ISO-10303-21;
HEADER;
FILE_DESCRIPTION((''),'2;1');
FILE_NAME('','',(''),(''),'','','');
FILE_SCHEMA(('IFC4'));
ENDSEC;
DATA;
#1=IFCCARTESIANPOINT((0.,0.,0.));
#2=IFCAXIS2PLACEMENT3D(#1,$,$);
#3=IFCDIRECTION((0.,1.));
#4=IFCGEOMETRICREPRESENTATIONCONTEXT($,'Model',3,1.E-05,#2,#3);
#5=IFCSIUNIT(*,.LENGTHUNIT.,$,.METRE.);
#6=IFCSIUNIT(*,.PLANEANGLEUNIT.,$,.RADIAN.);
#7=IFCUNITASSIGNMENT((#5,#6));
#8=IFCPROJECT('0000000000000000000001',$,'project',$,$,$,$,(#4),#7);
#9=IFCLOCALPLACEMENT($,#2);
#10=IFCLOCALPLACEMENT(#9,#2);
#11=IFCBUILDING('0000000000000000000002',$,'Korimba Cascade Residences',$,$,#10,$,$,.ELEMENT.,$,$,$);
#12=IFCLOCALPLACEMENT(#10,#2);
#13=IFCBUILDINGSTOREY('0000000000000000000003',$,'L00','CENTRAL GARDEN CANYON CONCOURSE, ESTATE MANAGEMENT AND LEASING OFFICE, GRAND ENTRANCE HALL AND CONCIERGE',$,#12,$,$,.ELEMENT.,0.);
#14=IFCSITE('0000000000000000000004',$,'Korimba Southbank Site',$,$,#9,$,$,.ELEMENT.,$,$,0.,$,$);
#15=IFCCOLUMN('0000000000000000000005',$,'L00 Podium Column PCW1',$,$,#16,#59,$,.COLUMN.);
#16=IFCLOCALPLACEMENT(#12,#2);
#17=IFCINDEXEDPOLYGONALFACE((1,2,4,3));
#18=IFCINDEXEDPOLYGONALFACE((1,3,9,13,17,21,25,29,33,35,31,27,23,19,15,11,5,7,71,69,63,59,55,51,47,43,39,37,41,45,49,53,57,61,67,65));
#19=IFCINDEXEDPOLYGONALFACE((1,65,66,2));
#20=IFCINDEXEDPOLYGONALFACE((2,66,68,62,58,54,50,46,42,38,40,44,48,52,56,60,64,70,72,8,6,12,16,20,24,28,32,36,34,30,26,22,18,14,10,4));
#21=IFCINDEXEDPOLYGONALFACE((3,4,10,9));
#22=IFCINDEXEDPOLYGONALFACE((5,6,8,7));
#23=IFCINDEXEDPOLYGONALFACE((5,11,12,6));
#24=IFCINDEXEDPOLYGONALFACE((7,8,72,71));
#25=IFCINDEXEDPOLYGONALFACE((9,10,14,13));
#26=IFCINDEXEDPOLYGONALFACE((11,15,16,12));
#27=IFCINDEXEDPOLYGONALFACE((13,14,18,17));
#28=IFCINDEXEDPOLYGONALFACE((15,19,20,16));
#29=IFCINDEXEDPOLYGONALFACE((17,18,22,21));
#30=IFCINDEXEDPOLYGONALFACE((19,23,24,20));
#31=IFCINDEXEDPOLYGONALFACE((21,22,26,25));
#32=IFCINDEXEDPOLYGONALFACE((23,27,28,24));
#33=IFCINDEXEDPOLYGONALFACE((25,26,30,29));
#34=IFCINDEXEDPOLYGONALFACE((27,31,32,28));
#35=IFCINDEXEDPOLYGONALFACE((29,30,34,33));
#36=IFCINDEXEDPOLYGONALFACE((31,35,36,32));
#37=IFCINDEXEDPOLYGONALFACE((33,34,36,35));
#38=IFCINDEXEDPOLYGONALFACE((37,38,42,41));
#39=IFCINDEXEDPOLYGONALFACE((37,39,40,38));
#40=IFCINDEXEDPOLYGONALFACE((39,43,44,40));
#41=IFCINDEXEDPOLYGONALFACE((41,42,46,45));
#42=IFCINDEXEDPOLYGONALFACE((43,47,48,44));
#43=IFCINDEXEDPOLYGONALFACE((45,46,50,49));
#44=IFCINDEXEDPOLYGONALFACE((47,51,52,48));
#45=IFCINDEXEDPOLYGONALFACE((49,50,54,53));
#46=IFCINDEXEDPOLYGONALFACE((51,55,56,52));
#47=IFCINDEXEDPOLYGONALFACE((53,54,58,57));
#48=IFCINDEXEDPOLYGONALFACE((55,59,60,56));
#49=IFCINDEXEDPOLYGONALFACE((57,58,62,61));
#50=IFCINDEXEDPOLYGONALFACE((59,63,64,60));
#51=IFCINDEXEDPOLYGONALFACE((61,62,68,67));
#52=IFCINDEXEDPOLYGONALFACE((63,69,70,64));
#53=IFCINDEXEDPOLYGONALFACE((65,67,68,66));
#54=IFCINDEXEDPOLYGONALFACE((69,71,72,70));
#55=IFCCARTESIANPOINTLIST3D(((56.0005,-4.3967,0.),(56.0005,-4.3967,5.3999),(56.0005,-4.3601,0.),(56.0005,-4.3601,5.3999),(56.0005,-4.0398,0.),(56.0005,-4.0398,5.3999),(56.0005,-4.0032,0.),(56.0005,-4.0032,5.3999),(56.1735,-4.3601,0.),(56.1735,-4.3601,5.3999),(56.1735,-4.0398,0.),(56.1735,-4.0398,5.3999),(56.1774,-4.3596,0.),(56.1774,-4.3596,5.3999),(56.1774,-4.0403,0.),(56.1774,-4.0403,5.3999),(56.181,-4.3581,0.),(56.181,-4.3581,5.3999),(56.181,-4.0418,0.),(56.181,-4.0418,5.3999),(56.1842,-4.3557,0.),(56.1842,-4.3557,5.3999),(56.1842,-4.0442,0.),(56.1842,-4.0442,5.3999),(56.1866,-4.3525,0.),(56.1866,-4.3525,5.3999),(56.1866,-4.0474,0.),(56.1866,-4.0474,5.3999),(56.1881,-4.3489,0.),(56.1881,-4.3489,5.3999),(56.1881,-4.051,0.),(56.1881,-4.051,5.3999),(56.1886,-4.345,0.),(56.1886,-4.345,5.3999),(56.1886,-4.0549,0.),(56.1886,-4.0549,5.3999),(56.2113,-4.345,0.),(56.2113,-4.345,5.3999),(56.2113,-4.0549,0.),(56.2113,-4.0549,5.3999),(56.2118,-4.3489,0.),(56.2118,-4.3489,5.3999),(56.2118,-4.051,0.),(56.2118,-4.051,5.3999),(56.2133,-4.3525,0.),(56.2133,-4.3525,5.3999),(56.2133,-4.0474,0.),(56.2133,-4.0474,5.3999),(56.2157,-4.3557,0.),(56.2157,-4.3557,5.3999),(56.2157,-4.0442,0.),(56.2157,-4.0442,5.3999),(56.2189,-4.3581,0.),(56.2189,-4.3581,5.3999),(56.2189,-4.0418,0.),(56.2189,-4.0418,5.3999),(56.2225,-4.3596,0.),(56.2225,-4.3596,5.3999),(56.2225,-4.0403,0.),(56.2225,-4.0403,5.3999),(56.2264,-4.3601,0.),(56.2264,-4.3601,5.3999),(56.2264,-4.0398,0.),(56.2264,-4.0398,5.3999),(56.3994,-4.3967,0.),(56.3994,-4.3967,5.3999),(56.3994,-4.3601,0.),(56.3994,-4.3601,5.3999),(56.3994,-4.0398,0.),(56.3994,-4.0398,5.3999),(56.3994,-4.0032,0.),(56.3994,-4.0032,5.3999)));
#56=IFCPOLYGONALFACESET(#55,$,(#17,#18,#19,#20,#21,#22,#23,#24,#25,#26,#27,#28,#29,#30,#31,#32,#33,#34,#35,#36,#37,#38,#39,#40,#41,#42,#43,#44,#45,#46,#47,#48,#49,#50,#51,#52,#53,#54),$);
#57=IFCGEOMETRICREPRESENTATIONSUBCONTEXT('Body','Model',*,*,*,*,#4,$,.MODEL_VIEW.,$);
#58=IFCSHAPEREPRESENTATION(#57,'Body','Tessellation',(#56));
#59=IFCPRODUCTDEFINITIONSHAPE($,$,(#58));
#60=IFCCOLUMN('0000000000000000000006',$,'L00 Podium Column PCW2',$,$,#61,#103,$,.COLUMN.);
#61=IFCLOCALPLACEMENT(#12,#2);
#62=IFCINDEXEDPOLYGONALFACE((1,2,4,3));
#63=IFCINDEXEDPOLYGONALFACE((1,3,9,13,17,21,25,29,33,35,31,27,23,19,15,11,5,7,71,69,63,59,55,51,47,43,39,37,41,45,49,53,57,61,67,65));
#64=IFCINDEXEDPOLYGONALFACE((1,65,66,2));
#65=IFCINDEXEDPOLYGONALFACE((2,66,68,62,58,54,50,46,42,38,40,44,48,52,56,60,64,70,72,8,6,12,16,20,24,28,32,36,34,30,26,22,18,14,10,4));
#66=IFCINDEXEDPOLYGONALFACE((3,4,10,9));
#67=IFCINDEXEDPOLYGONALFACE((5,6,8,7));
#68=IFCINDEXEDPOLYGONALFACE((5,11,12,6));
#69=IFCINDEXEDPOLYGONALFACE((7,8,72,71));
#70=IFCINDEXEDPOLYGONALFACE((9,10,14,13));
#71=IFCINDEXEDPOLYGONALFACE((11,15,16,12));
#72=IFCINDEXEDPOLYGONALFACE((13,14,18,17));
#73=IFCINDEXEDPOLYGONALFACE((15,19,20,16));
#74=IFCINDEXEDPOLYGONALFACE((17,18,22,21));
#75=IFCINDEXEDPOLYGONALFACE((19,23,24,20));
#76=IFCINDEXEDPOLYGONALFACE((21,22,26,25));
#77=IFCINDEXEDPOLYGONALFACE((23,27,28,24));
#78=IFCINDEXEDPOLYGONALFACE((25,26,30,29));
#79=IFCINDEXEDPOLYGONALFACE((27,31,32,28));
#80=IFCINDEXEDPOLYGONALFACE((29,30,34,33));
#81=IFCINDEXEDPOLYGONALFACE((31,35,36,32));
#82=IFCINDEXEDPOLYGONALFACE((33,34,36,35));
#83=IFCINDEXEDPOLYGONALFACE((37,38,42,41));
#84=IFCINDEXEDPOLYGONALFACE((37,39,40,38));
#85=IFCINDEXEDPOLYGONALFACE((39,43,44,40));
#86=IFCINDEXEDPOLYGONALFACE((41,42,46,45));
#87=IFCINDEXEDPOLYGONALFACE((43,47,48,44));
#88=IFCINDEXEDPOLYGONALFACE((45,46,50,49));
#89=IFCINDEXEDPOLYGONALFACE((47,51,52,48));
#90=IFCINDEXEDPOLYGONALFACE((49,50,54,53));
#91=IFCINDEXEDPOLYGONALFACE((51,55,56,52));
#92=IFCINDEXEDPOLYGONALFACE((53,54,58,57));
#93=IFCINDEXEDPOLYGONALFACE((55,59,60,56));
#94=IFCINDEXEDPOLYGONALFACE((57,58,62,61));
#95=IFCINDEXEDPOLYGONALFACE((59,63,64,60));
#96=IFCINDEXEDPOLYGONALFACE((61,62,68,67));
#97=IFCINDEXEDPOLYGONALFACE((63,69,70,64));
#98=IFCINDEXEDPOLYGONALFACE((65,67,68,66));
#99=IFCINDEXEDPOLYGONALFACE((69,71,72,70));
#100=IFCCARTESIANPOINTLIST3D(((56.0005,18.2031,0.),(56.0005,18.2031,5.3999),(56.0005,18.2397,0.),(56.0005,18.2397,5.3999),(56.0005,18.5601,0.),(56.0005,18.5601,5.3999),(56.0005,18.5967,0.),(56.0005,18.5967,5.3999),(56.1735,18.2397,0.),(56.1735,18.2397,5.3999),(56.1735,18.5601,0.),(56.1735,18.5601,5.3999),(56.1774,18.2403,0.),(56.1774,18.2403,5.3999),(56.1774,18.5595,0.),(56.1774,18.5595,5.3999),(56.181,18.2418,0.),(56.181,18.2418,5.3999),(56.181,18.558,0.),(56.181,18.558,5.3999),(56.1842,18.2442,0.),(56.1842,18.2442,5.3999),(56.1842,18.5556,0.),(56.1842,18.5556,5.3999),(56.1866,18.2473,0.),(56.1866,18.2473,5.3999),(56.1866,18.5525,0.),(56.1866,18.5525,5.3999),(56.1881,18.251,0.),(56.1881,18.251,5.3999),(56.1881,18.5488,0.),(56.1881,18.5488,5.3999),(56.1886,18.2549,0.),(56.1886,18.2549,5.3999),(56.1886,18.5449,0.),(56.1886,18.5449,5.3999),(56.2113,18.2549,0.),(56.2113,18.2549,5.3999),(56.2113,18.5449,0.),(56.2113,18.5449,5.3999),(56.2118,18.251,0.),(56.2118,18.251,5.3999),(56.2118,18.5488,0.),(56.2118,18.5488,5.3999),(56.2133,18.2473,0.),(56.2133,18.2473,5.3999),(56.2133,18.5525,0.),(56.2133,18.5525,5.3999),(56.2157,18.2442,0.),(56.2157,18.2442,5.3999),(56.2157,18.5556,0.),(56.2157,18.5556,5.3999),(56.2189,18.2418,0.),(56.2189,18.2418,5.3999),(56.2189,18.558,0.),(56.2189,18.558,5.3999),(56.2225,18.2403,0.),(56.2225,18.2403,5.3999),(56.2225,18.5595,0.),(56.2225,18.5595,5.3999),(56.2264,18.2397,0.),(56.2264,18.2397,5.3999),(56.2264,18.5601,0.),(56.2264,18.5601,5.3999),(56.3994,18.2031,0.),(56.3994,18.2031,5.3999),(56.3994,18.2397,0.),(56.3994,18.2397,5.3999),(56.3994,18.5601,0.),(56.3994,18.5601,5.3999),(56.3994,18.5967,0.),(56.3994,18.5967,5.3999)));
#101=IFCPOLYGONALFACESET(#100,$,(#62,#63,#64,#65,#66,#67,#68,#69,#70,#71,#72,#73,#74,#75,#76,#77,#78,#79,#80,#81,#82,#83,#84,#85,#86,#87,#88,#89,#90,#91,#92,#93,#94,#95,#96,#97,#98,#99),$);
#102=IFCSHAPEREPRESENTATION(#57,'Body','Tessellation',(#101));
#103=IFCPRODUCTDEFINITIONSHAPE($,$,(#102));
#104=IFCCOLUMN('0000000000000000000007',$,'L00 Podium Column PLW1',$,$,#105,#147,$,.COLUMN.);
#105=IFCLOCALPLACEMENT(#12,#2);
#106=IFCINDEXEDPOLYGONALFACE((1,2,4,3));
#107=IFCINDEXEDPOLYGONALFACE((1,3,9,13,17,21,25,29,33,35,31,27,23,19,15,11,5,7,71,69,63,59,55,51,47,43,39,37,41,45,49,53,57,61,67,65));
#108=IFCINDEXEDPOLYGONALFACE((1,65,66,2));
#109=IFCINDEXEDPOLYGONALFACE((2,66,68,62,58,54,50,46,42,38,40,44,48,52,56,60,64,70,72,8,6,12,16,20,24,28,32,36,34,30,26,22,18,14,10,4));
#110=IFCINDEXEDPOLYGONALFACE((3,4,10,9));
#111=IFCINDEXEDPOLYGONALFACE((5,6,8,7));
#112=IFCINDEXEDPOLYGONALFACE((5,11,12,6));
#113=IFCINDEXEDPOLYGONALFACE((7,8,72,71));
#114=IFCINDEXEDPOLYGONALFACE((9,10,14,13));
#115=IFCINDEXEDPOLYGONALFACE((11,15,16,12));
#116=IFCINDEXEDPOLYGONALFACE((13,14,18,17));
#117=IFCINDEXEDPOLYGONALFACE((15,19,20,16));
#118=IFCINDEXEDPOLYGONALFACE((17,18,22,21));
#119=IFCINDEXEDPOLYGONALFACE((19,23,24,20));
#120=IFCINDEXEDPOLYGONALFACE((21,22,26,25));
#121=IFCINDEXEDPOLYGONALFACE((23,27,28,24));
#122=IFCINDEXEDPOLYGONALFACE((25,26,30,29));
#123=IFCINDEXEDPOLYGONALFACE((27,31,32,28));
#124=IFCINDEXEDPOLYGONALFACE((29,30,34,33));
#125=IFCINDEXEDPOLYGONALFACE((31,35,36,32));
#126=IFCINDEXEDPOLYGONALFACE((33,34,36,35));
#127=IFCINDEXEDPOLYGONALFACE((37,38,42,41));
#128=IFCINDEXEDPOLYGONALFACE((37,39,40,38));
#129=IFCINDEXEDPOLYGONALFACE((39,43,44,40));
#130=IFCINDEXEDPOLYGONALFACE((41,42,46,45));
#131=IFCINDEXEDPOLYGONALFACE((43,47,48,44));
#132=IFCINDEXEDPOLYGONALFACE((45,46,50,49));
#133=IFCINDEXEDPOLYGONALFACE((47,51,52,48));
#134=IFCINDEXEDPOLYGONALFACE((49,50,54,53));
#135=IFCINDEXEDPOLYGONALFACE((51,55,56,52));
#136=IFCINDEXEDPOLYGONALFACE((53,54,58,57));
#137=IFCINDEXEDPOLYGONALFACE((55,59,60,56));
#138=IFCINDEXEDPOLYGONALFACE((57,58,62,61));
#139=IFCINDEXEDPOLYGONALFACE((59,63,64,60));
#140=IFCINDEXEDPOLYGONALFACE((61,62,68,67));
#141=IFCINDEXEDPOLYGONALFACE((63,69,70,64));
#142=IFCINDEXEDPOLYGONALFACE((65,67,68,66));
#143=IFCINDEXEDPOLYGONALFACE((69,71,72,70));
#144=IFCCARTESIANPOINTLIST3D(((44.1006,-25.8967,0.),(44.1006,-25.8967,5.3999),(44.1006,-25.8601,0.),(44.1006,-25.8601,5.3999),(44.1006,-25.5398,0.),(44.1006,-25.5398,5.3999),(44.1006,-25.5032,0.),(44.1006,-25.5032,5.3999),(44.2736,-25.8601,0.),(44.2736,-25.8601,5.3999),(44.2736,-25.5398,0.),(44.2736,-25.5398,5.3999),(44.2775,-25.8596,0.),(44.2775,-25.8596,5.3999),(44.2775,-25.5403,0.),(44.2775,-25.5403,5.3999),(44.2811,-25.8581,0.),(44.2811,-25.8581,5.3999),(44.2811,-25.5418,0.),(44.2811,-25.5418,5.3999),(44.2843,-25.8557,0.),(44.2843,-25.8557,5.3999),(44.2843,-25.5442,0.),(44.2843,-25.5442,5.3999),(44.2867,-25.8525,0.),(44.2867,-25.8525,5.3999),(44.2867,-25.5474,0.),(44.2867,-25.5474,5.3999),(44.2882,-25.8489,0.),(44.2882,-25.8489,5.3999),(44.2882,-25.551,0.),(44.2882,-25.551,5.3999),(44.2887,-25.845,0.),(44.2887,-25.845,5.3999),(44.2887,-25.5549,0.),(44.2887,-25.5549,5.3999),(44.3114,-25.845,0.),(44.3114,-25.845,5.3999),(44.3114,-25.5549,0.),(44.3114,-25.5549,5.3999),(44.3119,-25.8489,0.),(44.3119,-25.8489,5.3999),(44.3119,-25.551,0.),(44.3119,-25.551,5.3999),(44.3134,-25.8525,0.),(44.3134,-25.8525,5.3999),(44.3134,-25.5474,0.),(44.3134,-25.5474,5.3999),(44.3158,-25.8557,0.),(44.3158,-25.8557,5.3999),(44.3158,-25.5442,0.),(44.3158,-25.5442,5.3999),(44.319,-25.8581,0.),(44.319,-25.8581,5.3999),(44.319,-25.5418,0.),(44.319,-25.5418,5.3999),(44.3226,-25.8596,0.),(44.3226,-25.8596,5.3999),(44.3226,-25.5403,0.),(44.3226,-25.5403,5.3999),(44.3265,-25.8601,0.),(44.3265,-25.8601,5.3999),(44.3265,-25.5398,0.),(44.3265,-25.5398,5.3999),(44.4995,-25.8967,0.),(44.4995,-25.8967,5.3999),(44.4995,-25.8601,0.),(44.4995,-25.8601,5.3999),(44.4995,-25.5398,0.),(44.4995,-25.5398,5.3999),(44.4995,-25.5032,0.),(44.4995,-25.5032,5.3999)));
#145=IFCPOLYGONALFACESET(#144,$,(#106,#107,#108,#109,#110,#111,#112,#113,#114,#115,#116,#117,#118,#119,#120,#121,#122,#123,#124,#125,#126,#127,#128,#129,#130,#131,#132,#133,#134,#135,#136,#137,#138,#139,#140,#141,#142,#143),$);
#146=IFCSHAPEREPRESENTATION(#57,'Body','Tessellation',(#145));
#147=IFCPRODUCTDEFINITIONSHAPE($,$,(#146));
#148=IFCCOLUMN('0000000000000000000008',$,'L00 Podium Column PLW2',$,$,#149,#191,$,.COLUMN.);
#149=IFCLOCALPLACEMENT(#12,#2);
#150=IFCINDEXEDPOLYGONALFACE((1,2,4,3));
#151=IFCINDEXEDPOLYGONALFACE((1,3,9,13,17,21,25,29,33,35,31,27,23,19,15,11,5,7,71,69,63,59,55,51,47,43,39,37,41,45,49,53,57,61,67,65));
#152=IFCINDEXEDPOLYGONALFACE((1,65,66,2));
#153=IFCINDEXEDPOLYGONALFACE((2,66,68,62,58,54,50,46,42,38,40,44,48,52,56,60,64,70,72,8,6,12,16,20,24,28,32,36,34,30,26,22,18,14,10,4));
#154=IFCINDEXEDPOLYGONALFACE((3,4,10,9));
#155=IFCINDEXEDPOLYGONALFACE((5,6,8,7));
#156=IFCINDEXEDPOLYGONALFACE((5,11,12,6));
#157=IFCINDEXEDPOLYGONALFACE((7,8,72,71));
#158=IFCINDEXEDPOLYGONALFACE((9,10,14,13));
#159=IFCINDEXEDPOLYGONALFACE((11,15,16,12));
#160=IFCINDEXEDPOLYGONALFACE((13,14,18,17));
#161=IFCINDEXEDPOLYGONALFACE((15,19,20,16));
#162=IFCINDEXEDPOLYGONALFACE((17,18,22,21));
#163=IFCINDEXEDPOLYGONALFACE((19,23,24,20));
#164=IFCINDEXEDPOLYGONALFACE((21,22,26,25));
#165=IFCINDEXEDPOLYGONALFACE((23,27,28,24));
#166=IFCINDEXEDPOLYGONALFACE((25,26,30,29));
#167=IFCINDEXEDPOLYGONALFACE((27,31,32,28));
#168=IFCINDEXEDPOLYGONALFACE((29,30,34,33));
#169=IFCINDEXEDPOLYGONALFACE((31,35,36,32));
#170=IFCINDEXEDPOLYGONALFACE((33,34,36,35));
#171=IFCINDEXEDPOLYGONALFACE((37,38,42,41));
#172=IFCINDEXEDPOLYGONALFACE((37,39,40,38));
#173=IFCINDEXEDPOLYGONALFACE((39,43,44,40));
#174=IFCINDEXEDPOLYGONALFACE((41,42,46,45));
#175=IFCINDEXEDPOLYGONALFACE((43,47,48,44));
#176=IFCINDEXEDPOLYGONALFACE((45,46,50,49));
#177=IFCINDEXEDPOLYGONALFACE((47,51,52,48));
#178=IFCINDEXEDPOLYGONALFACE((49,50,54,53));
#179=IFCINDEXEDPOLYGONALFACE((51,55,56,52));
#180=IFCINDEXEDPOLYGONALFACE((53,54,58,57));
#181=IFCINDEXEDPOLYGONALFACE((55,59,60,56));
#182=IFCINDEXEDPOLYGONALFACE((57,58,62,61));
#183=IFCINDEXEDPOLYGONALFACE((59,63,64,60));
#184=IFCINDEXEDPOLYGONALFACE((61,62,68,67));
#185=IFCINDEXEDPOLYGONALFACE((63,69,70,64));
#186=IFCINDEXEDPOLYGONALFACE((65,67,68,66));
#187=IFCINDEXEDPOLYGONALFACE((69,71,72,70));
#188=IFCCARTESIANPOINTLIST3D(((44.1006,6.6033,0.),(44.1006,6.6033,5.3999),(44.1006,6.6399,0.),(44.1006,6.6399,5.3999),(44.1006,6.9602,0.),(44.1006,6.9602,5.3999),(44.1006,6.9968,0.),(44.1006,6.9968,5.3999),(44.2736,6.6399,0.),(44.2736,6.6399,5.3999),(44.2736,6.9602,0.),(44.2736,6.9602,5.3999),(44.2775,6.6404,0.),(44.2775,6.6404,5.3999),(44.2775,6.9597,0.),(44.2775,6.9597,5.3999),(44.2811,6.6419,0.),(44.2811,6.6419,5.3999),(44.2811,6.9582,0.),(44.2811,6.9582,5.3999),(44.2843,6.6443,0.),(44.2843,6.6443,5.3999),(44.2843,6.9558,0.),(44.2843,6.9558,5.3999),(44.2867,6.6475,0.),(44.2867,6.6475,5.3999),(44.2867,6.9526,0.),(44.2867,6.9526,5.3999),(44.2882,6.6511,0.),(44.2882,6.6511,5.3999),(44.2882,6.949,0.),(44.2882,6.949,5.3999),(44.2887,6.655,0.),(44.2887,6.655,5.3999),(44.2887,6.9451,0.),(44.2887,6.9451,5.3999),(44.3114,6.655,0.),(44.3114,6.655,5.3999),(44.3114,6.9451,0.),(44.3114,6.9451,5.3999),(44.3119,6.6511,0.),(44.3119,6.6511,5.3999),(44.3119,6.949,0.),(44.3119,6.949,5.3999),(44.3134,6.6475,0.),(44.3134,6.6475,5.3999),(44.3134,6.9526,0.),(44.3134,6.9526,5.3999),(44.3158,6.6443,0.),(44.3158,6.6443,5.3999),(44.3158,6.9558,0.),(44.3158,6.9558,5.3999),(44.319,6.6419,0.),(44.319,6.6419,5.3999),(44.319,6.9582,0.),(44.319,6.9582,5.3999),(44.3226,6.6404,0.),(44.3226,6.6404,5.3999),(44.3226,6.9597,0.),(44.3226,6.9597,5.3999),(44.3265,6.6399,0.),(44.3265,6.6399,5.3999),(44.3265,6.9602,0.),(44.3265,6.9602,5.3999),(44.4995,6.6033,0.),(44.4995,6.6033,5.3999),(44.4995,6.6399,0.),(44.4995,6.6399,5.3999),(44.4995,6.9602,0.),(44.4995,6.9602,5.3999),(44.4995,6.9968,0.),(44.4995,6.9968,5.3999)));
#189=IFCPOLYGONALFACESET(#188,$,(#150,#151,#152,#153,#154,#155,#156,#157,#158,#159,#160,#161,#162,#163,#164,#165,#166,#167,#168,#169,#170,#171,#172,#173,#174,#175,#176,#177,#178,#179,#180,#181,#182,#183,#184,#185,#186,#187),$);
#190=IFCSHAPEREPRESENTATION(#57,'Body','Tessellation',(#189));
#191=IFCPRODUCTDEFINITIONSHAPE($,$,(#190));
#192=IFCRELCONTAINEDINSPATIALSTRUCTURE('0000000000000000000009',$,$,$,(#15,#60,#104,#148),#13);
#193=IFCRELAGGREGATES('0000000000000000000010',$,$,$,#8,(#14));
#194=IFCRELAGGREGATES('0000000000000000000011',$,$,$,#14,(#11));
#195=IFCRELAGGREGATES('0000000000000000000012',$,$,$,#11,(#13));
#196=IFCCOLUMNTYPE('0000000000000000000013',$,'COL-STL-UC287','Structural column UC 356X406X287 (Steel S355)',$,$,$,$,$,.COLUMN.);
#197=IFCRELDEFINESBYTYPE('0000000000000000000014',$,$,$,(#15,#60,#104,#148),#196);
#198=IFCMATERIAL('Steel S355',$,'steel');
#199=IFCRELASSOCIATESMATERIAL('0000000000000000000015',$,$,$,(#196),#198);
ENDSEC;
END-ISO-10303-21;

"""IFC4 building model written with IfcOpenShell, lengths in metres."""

from ifc_helpers import new_model, si_unit, direction, frame, origin, origin_2d, place, context, subcontext, project, spatial, i_section, extrude, material, material_profile, profile_set, type_object, element, save


model = new_model("IFC4")

# Units and contexts
model_context = context("Model", 3, precision=1e-05, world=origin(), true_north=direction((0.0, 1.0)))
body_context = subcontext(model_context, "Body", "Model", "MODEL_VIEW")
ifc_project = project(units=[si_unit("LENGTHUNIT", "METRE"), si_unit("PLANEANGLEUNIT", "RADIAN")], contexts=[model_context])

# Site, building, storey
site_placement = place(None, origin())
site = spatial("IfcSite", under=ifc_project, at=site_placement, Name="Korimba Southbank Site", CompositionType="ELEMENT", RefElevation=0.0)
building_placement = place(site_placement, origin())
building = spatial("IfcBuilding", under=site, at=building_placement, Name="Korimba Cascade Residences", CompositionType="ELEMENT")
storey_placement = place(building_placement, origin())
storey = spatial("IfcBuildingStorey", under=building, at=storey_placement, Name="L00", Description="CENTRAL GARDEN CANYON CONCOURSE, ESTATE MANAGEMENT AND LEASING OFFICE, GRAND ENTRANCE HALL AND CONCIERGE", CompositionType="ELEMENT", Elevation=0.0)

# Columns
ifc_material_1 = material(Name="Steel S355", Category="steel")
ifc_material_profile_1 = material_profile(ifc_material_1, i_section(OverallWidth=0.3989, OverallDepth=0.3936, WebThickness=0.0227, FlangeThickness=0.0366, FilletRadius=0.0151, at=origin_2d()), Name="Steel S355")
ifc_profile_set_1 = profile_set([ifc_material_profile_1], Name="Steel S355")
column_type = type_object("IfcColumnType", Name="COL-STL-UC287", Description="Structural column UC 356X406X287 (Steel S355)", PredefinedType="COLUMN", material=ifc_profile_set_1)
for number, where, z_axis, x_axis, name in (
    (1, (56.2, -4.2, 0.0), (0.0, 0.0, 1.0), (1.0, 0.0, 0.0), "L00 Podium Column PCW1"),
    (2, (56.2, 18.3999, 0.0), (0.0, 0.0, 1.0), (1.0, 0.0, 0.0), "L00 Podium Column PCW2"),
    (3, (44.3, -25.7, 0.0), (0.0, 0.0, 1.0), (1.0, 0.0, 0.0), "L00 Podium Column PLW1"),
    (4, (44.3, 6.8, 0.0), (0.0, 0.0, 1.0), (1.0, 0.0, 0.0), "L00 Podium Column PLW2"),
):
    element("IfcColumn", number, at=place(storey_placement, frame(where, z_axis=z_axis, x_axis=x_axis)), inside=storey, type_object=column_type, Name=name, PredefinedType="COLUMN", context=body_context, shape_type="SweptSolid", body=[
        extrude(i_section(OverallWidth=0.3989, OverallDepth=0.3936, WebThickness=0.0227, FlangeThickness=0.0366, FilletRadius=0.0151, at=origin_2d()), origin(), (0.0, 0.0, 1.0), 5.3999),
    ])

save(model, "model.ifc")
